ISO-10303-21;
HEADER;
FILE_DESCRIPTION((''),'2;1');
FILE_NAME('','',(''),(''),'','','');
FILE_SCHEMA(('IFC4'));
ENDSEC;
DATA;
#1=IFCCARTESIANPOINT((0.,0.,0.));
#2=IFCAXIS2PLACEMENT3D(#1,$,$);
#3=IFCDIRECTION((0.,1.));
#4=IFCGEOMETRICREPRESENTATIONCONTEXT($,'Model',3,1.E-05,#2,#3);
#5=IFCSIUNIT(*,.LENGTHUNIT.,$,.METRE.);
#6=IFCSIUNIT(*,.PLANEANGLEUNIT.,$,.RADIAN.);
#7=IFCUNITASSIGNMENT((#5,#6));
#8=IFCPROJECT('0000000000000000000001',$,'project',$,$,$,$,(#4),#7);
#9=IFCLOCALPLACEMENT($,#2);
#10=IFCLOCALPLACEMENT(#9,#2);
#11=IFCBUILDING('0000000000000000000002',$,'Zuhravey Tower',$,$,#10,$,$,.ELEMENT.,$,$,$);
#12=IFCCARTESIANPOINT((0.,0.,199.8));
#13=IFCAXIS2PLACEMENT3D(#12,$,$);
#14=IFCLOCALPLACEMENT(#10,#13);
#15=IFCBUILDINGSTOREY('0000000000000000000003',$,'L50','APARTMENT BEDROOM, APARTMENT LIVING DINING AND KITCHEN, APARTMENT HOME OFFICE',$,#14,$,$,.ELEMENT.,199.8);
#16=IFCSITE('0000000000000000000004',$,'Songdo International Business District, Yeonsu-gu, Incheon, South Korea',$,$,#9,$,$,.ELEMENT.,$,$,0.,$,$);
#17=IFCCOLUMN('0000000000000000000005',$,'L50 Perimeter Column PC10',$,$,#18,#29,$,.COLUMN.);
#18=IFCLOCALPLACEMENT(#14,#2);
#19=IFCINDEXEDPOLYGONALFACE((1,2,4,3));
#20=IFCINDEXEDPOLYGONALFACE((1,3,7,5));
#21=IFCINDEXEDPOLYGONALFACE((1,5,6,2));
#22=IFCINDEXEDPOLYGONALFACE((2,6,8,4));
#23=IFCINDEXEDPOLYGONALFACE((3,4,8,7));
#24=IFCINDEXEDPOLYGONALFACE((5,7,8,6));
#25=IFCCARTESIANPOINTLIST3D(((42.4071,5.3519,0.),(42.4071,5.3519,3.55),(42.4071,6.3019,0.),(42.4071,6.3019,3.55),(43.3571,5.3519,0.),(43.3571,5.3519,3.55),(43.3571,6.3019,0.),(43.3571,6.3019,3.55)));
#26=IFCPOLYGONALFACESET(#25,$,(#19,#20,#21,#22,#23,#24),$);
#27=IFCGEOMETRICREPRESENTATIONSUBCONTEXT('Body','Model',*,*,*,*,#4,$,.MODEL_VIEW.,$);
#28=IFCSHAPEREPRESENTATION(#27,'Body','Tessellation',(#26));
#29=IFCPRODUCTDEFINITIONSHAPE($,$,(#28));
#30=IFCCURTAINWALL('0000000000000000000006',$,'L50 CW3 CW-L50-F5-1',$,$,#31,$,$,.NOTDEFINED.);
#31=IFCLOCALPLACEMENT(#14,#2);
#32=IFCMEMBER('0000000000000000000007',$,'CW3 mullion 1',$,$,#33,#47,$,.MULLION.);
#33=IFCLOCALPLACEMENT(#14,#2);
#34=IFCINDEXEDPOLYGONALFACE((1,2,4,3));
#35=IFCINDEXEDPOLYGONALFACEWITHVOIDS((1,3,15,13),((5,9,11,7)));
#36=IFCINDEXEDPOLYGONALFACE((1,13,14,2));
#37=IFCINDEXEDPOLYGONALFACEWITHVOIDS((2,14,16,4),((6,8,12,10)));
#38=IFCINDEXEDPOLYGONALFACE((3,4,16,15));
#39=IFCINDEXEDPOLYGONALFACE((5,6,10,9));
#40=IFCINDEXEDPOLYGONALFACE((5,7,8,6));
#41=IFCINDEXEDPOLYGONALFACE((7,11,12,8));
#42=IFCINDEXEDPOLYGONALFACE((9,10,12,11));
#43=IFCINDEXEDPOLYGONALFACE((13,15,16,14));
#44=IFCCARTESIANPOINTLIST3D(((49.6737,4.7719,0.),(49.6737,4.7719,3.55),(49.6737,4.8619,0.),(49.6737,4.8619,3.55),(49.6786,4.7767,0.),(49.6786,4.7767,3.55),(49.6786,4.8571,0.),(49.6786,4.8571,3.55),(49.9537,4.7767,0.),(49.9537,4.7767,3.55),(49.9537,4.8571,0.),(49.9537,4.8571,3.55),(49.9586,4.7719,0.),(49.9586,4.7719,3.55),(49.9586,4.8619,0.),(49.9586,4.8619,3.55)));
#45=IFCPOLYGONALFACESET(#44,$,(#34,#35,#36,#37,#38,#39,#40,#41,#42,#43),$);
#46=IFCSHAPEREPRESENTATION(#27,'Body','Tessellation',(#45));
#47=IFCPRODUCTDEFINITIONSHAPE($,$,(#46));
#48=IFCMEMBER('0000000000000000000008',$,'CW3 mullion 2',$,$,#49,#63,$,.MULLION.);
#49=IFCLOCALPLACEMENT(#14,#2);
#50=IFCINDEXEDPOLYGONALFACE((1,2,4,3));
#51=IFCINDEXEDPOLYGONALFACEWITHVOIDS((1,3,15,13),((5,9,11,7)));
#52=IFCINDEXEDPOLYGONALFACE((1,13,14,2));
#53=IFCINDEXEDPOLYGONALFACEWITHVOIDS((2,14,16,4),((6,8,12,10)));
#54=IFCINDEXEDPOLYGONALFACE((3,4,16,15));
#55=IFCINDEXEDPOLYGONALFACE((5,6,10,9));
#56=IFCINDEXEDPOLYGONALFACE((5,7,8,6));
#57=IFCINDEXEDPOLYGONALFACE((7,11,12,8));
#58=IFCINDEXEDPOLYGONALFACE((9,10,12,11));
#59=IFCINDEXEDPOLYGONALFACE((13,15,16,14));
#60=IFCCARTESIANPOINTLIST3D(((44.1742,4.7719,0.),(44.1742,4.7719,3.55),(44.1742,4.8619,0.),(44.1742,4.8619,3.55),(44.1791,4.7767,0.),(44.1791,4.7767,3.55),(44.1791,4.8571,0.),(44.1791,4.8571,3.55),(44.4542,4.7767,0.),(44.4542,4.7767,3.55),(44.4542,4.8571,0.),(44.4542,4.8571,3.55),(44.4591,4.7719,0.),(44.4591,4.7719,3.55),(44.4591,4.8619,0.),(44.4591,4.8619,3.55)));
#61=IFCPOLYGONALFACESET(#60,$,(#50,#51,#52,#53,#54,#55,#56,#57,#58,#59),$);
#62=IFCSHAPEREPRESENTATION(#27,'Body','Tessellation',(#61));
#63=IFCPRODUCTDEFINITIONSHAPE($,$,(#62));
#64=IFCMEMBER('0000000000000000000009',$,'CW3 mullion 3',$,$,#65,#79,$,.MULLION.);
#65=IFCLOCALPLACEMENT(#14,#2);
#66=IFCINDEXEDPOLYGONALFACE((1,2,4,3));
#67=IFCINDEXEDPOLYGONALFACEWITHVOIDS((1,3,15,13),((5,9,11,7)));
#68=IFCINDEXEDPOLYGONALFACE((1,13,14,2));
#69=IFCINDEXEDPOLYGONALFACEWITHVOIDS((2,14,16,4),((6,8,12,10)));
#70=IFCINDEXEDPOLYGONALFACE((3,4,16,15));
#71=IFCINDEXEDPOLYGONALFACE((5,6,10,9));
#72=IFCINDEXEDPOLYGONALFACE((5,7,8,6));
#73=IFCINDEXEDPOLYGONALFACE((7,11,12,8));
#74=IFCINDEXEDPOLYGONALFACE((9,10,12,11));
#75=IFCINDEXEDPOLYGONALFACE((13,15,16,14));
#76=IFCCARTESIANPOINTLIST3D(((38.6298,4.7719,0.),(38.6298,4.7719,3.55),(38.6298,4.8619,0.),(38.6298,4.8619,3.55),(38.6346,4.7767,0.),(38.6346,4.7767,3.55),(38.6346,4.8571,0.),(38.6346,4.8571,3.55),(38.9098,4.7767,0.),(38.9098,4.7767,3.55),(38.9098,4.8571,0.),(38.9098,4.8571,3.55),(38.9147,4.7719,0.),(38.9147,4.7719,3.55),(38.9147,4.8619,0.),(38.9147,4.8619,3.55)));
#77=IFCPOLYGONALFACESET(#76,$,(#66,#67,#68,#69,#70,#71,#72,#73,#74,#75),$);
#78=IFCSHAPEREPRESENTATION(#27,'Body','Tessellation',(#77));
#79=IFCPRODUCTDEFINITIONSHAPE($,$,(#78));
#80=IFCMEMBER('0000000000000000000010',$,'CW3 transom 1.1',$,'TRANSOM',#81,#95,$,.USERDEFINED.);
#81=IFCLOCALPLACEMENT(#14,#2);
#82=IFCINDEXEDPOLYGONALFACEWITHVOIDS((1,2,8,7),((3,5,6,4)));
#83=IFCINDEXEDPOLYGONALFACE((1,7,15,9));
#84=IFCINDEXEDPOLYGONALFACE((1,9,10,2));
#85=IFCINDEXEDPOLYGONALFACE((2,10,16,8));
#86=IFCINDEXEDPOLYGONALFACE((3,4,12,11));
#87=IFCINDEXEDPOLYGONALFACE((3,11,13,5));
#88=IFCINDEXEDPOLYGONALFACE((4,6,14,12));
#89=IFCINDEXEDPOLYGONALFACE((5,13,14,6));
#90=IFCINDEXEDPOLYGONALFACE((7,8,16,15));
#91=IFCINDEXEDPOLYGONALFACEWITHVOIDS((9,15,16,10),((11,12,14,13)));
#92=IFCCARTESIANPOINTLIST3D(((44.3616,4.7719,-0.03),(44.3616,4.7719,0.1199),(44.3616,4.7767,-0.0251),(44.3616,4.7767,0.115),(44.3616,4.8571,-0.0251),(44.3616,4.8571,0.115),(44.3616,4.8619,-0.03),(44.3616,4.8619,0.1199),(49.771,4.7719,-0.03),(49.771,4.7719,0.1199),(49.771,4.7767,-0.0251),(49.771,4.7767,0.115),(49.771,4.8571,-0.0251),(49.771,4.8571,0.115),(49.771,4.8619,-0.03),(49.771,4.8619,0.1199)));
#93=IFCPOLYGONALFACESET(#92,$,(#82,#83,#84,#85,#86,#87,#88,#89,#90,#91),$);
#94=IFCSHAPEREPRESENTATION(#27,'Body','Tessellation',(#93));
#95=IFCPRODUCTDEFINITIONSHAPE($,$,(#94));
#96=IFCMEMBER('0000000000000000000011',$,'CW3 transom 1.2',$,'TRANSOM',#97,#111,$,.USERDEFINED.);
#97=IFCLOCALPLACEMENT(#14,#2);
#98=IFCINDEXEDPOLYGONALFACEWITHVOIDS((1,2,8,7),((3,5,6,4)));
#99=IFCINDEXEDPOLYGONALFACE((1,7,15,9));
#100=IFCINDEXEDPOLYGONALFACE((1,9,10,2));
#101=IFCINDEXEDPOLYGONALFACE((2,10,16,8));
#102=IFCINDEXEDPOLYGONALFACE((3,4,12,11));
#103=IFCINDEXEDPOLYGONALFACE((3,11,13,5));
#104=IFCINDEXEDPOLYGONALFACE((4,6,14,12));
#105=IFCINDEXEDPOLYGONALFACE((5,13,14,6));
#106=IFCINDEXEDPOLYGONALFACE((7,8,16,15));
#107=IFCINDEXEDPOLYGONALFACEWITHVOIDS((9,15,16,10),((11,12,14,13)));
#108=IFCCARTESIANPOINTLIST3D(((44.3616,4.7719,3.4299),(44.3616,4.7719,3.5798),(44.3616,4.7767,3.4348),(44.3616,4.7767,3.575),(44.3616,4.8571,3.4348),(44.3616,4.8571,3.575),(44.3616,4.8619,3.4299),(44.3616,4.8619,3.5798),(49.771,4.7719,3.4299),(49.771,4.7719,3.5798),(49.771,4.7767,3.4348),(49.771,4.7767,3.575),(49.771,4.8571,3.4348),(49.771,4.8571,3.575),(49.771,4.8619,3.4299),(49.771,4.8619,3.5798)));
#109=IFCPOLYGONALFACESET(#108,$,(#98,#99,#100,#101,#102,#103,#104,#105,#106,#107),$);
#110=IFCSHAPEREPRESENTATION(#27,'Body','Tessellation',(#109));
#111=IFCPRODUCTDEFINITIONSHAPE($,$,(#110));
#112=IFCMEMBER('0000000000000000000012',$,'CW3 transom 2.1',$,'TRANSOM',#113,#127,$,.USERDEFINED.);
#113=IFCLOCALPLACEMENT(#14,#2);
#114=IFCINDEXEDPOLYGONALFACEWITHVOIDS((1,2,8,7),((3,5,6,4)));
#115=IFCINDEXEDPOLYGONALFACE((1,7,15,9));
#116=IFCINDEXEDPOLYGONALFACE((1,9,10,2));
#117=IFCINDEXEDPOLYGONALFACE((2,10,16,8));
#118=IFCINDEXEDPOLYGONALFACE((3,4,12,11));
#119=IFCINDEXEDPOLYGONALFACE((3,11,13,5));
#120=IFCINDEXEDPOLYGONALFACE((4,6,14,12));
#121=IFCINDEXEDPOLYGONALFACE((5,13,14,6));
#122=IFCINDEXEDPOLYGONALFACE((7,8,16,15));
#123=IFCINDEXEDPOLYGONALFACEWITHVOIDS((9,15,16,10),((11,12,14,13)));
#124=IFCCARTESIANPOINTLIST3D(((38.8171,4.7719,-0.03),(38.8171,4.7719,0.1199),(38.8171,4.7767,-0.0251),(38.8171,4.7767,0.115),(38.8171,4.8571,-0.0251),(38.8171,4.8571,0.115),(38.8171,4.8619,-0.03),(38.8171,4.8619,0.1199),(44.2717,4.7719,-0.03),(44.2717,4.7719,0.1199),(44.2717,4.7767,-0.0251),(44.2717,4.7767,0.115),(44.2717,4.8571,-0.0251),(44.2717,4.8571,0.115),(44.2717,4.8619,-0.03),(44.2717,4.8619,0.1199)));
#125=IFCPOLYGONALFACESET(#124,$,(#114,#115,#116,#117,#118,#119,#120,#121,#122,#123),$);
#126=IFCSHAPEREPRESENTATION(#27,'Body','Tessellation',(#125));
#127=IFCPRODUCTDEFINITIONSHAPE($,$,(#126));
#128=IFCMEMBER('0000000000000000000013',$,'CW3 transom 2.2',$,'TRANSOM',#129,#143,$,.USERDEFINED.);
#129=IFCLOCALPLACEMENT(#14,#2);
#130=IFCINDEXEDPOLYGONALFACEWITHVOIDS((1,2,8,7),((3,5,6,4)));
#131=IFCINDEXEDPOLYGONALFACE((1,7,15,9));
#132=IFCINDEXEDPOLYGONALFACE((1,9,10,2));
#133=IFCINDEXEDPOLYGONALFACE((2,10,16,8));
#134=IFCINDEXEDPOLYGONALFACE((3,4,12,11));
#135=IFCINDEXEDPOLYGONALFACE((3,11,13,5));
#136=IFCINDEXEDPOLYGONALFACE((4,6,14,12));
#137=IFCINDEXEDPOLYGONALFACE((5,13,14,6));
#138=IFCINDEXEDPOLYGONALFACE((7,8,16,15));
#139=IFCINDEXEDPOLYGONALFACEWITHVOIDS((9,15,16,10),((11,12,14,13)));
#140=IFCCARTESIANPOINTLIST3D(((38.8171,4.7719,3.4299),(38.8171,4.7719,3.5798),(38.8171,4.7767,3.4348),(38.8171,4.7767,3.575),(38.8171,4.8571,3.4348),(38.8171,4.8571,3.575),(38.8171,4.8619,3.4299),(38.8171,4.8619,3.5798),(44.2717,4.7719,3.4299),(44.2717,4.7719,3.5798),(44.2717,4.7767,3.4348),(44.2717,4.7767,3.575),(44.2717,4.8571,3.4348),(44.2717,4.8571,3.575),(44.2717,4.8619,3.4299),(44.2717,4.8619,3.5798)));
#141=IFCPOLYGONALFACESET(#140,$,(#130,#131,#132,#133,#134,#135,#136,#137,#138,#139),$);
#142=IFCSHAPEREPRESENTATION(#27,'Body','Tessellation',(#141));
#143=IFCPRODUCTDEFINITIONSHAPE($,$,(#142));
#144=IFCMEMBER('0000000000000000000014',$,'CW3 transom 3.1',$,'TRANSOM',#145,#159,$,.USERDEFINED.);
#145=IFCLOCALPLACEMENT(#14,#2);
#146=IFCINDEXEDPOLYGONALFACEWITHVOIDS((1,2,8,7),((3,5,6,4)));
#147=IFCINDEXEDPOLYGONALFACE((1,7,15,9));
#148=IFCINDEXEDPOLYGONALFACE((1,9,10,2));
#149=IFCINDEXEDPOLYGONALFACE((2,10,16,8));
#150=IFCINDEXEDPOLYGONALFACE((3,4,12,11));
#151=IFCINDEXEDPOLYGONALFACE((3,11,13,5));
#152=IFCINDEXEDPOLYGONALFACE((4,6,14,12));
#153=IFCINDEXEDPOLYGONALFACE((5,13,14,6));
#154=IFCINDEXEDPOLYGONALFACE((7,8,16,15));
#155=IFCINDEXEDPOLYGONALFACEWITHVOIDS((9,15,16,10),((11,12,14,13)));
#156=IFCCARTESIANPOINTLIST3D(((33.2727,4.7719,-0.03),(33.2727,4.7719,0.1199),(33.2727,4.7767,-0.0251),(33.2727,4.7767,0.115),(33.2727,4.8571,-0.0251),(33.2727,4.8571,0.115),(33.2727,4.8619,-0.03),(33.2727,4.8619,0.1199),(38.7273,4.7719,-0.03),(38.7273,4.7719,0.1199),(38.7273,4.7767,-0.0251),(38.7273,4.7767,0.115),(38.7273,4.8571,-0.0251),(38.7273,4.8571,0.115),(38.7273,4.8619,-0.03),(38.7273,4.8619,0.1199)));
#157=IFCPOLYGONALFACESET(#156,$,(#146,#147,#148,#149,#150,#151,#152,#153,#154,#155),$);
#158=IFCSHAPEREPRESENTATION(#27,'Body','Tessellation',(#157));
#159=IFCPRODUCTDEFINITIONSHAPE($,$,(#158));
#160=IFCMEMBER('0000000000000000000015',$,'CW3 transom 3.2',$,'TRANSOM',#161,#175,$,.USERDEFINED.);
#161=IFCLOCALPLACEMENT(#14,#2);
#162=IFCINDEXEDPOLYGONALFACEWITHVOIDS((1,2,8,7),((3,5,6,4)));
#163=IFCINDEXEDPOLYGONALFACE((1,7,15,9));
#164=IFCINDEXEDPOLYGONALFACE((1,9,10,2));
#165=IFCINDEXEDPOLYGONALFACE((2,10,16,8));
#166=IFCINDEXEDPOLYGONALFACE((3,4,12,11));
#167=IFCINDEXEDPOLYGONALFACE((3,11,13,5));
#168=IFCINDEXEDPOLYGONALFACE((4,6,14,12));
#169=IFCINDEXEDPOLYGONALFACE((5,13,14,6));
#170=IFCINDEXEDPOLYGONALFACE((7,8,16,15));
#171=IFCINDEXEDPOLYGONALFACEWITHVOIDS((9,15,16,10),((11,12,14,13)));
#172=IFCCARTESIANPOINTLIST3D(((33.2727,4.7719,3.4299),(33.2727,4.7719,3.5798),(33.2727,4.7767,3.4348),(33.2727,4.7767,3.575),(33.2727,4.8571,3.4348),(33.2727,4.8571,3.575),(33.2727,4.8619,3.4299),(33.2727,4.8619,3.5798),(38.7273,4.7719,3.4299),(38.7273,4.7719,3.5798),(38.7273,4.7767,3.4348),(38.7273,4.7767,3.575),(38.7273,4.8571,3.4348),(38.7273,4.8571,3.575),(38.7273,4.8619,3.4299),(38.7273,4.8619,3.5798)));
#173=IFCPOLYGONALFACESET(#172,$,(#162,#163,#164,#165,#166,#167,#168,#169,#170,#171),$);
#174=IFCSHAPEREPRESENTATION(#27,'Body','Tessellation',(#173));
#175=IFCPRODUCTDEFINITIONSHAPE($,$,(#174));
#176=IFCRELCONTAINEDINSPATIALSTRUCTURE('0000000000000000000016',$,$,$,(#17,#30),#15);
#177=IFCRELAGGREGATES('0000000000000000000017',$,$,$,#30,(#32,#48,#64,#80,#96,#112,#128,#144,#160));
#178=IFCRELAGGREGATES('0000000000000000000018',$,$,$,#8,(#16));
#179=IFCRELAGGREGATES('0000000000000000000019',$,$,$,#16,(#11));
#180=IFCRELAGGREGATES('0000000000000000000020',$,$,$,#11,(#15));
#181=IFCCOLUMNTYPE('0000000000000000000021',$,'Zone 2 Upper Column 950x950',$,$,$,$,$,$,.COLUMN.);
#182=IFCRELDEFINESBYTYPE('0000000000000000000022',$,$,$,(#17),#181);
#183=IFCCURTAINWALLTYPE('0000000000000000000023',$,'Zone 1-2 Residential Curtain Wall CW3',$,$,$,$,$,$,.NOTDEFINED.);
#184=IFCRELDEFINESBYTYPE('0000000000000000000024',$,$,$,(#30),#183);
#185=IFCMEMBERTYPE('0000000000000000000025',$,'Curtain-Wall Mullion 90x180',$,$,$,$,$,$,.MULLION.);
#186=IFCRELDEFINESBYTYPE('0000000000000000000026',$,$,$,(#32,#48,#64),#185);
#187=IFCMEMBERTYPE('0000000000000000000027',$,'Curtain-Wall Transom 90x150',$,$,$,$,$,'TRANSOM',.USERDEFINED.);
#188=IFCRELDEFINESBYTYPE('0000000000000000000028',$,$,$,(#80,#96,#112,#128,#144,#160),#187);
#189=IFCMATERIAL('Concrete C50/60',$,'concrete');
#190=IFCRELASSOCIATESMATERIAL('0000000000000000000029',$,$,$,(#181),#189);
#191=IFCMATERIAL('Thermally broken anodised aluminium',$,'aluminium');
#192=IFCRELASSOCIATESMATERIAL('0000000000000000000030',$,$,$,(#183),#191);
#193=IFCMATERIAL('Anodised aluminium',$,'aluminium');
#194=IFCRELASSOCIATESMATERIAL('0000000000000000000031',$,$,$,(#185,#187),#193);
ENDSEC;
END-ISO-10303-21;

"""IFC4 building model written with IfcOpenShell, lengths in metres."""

from ifc_helpers import new_model, si_unit, direction, frame, origin, origin_2d, place, context, subcontext, project, spatial, rectangle, hollow_rectangle, extrude, material, material_profile, profile_set, type_object, element, aggregate, save


model = new_model("IFC4")

# Units and contexts
model_context = context("Model", 3, precision=1e-05, world=origin(), true_north=direction((0.0, 1.0)))
body_context = subcontext(model_context, "Body", "Model", "MODEL_VIEW")
ifc_project = project(units=[si_unit("LENGTHUNIT", "METRE"), si_unit("PLANEANGLEUNIT", "RADIAN")], contexts=[model_context])

# Site, building, storey
site_placement = place(None, origin())
site = spatial("IfcSite", under=ifc_project, at=site_placement, Name="Songdo International Business District, Yeonsu-gu, Incheon, South Korea", CompositionType="ELEMENT", RefElevation=0.0)
building_placement = place(site_placement, origin())
building = spatial("IfcBuilding", under=site, at=building_placement, Name="Zuhravey Tower", CompositionType="ELEMENT")
storey_placement = place(building_placement, frame((0.0, 0.0, 199.8)))
storey = spatial("IfcBuildingStorey", under=building, at=storey_placement, Name="L50", Description="APARTMENT BEDROOM, APARTMENT LIVING DINING AND KITCHEN, APARTMENT HOME OFFICE", CompositionType="ELEMENT", Elevation=199.8)

# Column
ifc_material_1 = material(Name="Concrete C50/60", Category="concrete")
ifc_material_profile_1 = material_profile(ifc_material_1, rectangle(XDim=0.95, YDim=0.95, at=origin_2d()), Name="RC-950x950")
ifc_profile_set_1 = profile_set([ifc_material_profile_1], Name="Concrete C50/60")
column_type = type_object("IfcColumnType", Name="Zone 2 Upper Column 950x950", PredefinedType="COLUMN", material=ifc_profile_set_1)
column_placement = place(storey_placement, frame((42.8821, 5.8269, 0.0), z_axis=(0.0, 0.0, 1.0), x_axis=(1.0, 0.0, 0.0)))
element("IfcColumn", 1, at=column_placement, inside=storey, type_object=column_type, Name="L50 Perimeter Column PC10", PredefinedType="COLUMN", context=body_context, shape_type="SweptSolid", body=[
    extrude(rectangle(XDim=0.95, YDim=0.95, at=origin_2d()), origin(), (0.0, 0.0, 1.0), 3.55),
])

# Curtain wall, members
ifc_material_2 = material(Name="Thermally broken anodised aluminium", Category="aluminium")
curtain_wall_type = type_object("IfcCurtainWallType", Name="Zone 1-2 Residential Curtain Wall CW3", PredefinedType="NOTDEFINED", material=ifc_material_2)
curtain_wall_placement = place(storey_placement, origin())
curtain_wall = element("IfcCurtainWall", 2, at=curtain_wall_placement, inside=storey, type_object=curtain_wall_type, Name="L50 CW3 CW-L50-F5-1", PredefinedType="NOTDEFINED")
ifc_material_3 = material(Name="Anodised aluminium", Category="aluminium")
ifc_material_profile_2 = material_profile(ifc_material_3, hollow_rectangle(XDim=0.0901, YDim=0.2849, WallThickness=0.0049, at=origin_2d()), Name="ALU-RHS-90x285x5")
ifc_profile_set_2 = profile_set([ifc_material_profile_2], Name="Anodised aluminium")
member_type_1 = type_object("IfcMemberType", Name="Curtain-Wall Mullion 90x180", PredefinedType="MULLION", material=ifc_profile_set_2)
member_1_placement = place(storey_placement, frame((49.8162, 4.8169, 0.0), z_axis=(0.0, 0.0, 1.0), x_axis=(0.0, -1.0, 0.0)))
member_1 = element("IfcMember", 3, at=member_1_placement, type_object=member_type_1, Name="CW3 mullion 1", PredefinedType="MULLION", context=body_context, shape_type="SweptSolid", body=[
    extrude(hollow_rectangle(XDim=0.0901, YDim=0.2849, WallThickness=0.0049, at=origin_2d()), origin(), (0.0, 0.0, 1.0), 3.55),
])
member_2_placement = place(storey_placement, frame((44.3167, 4.8169, 0.0), z_axis=(0.0, 0.0, 1.0), x_axis=(0.0, -1.0, 0.0)))
member_2 = element("IfcMember", 4, at=member_2_placement, type_object=member_type_1, Name="CW3 mullion 2", PredefinedType="MULLION", context=body_context, shape_type="SweptSolid", body=[
    extrude(hollow_rectangle(XDim=0.0901, YDim=0.2849, WallThickness=0.0049, at=origin_2d()), origin(), (0.0, 0.0, 1.0), 3.55),
])
member_3_placement = place(storey_placement, frame((38.7722, 4.8169, 0.0), z_axis=(0.0, 0.0, 1.0), x_axis=(0.0, -1.0, 0.0)))
member_3 = element("IfcMember", 5, at=member_3_placement, type_object=member_type_1, Name="CW3 mullion 3", PredefinedType="MULLION", context=body_context, shape_type="SweptSolid", body=[
    extrude(hollow_rectangle(XDim=0.0901, YDim=0.2849, WallThickness=0.0049, at=origin_2d()), origin(), (0.0, 0.0, 1.0), 3.55),
])
ifc_material_profile_3 = material_profile(ifc_material_3, hollow_rectangle(XDim=0.0901, YDim=0.1499, WallThickness=0.0049, at=origin_2d()), Name="ALU-RHS-90x150x5")
ifc_profile_set_3 = profile_set([ifc_material_profile_3], Name="Anodised aluminium")
member_type_2 = type_object("IfcMemberType", Name="Curtain-Wall Transom 90x150", ElementType="TRANSOM", PredefinedType="USERDEFINED", material=ifc_profile_set_3)
member_4_placement = place(storey_placement, frame((49.771, 4.8169, 0.0449), z_axis=(-1.0, 0.0, 0.0), x_axis=(0.0, -1.0, 0.0)))
member_4 = element("IfcMember", 6, at=member_4_placement, type_object=member_type_2, Name="CW3 transom 1.1", ObjectType="TRANSOM", PredefinedType="USERDEFINED", context=body_context, shape_type="SweptSolid", body=[
    extrude(hollow_rectangle(XDim=0.0901, YDim=0.1499, WallThickness=0.0049, at=origin_2d()), origin(), (0.0, 0.0, 1.0), 5.4094),
])
member_5_placement = place(storey_placement, frame((49.771, 4.8169, 3.5049), z_axis=(-1.0, 0.0, 0.0), x_axis=(0.0, -1.0, 0.0)))
member_5 = element("IfcMember", 7, at=member_5_placement, type_object=member_type_2, Name="CW3 transom 1.2", ObjectType="TRANSOM", PredefinedType="USERDEFINED", context=body_context, shape_type="SweptSolid", body=[
    extrude(hollow_rectangle(XDim=0.0901, YDim=0.1499, WallThickness=0.0049, at=origin_2d()), origin(), (0.0, 0.0, 1.0), 5.4094),
])
member_6_placement = place(storey_placement, frame((44.2717, 4.8169, 0.0449), z_axis=(-1.0, 0.0, 0.0), x_axis=(0.0, -1.0, 0.0)))
member_6 = element("IfcMember", 8, at=member_6_placement, type_object=member_type_2, Name="CW3 transom 2.1", ObjectType="TRANSOM", PredefinedType="USERDEFINED", context=body_context, shape_type="SweptSolid", body=[
    extrude(hollow_rectangle(XDim=0.0901, YDim=0.1499, WallThickness=0.0049, at=origin_2d()), origin(), (0.0, 0.0, 1.0), 5.4546),
])
member_7_placement = place(storey_placement, frame((44.2717, 4.8169, 3.5049), z_axis=(-1.0, 0.0, 0.0), x_axis=(0.0, -1.0, 0.0)))
member_7 = element("IfcMember", 9, at=member_7_placement, type_object=member_type_2, Name="CW3 transom 2.2", ObjectType="TRANSOM", PredefinedType="USERDEFINED", context=body_context, shape_type="SweptSolid", body=[
    extrude(hollow_rectangle(XDim=0.0901, YDim=0.1499, WallThickness=0.0049, at=origin_2d()), origin(), (0.0, 0.0, 1.0), 5.4546),
])
member_8_placement = place(storey_placement, frame((38.7273, 4.8169, 0.0449), z_axis=(-1.0, 0.0, 0.0), x_axis=(0.0, -1.0, 0.0)))
member_8 = element("IfcMember", 10, at=member_8_placement, type_object=member_type_2, Name="CW3 transom 3.1", ObjectType="TRANSOM", PredefinedType="USERDEFINED", context=body_context, shape_type="SweptSolid", body=[
    extrude(hollow_rectangle(XDim=0.0901, YDim=0.1499, WallThickness=0.0049, at=origin_2d()), origin(), (0.0, 0.0, 1.0), 5.4546),
])
member_9_placement = place(storey_placement, frame((38.7273, 4.8169, 3.5049), z_axis=(-1.0, 0.0, 0.0), x_axis=(0.0, -1.0, 0.0)))
member_9 = element("IfcMember", 11, at=member_9_placement, type_object=member_type_2, Name="CW3 transom 3.2", ObjectType="TRANSOM", PredefinedType="USERDEFINED", context=body_context, shape_type="SweptSolid", body=[
    extrude(hollow_rectangle(XDim=0.0901, YDim=0.1499, WallThickness=0.0049, at=origin_2d()), origin(), (0.0, 0.0, 1.0), 5.4546),
])

aggregate(curtain_wall, [member_1, member_2, member_3, member_4, member_5, member_6, member_7, member_8, member_9])

save(model, "model.ifc")
